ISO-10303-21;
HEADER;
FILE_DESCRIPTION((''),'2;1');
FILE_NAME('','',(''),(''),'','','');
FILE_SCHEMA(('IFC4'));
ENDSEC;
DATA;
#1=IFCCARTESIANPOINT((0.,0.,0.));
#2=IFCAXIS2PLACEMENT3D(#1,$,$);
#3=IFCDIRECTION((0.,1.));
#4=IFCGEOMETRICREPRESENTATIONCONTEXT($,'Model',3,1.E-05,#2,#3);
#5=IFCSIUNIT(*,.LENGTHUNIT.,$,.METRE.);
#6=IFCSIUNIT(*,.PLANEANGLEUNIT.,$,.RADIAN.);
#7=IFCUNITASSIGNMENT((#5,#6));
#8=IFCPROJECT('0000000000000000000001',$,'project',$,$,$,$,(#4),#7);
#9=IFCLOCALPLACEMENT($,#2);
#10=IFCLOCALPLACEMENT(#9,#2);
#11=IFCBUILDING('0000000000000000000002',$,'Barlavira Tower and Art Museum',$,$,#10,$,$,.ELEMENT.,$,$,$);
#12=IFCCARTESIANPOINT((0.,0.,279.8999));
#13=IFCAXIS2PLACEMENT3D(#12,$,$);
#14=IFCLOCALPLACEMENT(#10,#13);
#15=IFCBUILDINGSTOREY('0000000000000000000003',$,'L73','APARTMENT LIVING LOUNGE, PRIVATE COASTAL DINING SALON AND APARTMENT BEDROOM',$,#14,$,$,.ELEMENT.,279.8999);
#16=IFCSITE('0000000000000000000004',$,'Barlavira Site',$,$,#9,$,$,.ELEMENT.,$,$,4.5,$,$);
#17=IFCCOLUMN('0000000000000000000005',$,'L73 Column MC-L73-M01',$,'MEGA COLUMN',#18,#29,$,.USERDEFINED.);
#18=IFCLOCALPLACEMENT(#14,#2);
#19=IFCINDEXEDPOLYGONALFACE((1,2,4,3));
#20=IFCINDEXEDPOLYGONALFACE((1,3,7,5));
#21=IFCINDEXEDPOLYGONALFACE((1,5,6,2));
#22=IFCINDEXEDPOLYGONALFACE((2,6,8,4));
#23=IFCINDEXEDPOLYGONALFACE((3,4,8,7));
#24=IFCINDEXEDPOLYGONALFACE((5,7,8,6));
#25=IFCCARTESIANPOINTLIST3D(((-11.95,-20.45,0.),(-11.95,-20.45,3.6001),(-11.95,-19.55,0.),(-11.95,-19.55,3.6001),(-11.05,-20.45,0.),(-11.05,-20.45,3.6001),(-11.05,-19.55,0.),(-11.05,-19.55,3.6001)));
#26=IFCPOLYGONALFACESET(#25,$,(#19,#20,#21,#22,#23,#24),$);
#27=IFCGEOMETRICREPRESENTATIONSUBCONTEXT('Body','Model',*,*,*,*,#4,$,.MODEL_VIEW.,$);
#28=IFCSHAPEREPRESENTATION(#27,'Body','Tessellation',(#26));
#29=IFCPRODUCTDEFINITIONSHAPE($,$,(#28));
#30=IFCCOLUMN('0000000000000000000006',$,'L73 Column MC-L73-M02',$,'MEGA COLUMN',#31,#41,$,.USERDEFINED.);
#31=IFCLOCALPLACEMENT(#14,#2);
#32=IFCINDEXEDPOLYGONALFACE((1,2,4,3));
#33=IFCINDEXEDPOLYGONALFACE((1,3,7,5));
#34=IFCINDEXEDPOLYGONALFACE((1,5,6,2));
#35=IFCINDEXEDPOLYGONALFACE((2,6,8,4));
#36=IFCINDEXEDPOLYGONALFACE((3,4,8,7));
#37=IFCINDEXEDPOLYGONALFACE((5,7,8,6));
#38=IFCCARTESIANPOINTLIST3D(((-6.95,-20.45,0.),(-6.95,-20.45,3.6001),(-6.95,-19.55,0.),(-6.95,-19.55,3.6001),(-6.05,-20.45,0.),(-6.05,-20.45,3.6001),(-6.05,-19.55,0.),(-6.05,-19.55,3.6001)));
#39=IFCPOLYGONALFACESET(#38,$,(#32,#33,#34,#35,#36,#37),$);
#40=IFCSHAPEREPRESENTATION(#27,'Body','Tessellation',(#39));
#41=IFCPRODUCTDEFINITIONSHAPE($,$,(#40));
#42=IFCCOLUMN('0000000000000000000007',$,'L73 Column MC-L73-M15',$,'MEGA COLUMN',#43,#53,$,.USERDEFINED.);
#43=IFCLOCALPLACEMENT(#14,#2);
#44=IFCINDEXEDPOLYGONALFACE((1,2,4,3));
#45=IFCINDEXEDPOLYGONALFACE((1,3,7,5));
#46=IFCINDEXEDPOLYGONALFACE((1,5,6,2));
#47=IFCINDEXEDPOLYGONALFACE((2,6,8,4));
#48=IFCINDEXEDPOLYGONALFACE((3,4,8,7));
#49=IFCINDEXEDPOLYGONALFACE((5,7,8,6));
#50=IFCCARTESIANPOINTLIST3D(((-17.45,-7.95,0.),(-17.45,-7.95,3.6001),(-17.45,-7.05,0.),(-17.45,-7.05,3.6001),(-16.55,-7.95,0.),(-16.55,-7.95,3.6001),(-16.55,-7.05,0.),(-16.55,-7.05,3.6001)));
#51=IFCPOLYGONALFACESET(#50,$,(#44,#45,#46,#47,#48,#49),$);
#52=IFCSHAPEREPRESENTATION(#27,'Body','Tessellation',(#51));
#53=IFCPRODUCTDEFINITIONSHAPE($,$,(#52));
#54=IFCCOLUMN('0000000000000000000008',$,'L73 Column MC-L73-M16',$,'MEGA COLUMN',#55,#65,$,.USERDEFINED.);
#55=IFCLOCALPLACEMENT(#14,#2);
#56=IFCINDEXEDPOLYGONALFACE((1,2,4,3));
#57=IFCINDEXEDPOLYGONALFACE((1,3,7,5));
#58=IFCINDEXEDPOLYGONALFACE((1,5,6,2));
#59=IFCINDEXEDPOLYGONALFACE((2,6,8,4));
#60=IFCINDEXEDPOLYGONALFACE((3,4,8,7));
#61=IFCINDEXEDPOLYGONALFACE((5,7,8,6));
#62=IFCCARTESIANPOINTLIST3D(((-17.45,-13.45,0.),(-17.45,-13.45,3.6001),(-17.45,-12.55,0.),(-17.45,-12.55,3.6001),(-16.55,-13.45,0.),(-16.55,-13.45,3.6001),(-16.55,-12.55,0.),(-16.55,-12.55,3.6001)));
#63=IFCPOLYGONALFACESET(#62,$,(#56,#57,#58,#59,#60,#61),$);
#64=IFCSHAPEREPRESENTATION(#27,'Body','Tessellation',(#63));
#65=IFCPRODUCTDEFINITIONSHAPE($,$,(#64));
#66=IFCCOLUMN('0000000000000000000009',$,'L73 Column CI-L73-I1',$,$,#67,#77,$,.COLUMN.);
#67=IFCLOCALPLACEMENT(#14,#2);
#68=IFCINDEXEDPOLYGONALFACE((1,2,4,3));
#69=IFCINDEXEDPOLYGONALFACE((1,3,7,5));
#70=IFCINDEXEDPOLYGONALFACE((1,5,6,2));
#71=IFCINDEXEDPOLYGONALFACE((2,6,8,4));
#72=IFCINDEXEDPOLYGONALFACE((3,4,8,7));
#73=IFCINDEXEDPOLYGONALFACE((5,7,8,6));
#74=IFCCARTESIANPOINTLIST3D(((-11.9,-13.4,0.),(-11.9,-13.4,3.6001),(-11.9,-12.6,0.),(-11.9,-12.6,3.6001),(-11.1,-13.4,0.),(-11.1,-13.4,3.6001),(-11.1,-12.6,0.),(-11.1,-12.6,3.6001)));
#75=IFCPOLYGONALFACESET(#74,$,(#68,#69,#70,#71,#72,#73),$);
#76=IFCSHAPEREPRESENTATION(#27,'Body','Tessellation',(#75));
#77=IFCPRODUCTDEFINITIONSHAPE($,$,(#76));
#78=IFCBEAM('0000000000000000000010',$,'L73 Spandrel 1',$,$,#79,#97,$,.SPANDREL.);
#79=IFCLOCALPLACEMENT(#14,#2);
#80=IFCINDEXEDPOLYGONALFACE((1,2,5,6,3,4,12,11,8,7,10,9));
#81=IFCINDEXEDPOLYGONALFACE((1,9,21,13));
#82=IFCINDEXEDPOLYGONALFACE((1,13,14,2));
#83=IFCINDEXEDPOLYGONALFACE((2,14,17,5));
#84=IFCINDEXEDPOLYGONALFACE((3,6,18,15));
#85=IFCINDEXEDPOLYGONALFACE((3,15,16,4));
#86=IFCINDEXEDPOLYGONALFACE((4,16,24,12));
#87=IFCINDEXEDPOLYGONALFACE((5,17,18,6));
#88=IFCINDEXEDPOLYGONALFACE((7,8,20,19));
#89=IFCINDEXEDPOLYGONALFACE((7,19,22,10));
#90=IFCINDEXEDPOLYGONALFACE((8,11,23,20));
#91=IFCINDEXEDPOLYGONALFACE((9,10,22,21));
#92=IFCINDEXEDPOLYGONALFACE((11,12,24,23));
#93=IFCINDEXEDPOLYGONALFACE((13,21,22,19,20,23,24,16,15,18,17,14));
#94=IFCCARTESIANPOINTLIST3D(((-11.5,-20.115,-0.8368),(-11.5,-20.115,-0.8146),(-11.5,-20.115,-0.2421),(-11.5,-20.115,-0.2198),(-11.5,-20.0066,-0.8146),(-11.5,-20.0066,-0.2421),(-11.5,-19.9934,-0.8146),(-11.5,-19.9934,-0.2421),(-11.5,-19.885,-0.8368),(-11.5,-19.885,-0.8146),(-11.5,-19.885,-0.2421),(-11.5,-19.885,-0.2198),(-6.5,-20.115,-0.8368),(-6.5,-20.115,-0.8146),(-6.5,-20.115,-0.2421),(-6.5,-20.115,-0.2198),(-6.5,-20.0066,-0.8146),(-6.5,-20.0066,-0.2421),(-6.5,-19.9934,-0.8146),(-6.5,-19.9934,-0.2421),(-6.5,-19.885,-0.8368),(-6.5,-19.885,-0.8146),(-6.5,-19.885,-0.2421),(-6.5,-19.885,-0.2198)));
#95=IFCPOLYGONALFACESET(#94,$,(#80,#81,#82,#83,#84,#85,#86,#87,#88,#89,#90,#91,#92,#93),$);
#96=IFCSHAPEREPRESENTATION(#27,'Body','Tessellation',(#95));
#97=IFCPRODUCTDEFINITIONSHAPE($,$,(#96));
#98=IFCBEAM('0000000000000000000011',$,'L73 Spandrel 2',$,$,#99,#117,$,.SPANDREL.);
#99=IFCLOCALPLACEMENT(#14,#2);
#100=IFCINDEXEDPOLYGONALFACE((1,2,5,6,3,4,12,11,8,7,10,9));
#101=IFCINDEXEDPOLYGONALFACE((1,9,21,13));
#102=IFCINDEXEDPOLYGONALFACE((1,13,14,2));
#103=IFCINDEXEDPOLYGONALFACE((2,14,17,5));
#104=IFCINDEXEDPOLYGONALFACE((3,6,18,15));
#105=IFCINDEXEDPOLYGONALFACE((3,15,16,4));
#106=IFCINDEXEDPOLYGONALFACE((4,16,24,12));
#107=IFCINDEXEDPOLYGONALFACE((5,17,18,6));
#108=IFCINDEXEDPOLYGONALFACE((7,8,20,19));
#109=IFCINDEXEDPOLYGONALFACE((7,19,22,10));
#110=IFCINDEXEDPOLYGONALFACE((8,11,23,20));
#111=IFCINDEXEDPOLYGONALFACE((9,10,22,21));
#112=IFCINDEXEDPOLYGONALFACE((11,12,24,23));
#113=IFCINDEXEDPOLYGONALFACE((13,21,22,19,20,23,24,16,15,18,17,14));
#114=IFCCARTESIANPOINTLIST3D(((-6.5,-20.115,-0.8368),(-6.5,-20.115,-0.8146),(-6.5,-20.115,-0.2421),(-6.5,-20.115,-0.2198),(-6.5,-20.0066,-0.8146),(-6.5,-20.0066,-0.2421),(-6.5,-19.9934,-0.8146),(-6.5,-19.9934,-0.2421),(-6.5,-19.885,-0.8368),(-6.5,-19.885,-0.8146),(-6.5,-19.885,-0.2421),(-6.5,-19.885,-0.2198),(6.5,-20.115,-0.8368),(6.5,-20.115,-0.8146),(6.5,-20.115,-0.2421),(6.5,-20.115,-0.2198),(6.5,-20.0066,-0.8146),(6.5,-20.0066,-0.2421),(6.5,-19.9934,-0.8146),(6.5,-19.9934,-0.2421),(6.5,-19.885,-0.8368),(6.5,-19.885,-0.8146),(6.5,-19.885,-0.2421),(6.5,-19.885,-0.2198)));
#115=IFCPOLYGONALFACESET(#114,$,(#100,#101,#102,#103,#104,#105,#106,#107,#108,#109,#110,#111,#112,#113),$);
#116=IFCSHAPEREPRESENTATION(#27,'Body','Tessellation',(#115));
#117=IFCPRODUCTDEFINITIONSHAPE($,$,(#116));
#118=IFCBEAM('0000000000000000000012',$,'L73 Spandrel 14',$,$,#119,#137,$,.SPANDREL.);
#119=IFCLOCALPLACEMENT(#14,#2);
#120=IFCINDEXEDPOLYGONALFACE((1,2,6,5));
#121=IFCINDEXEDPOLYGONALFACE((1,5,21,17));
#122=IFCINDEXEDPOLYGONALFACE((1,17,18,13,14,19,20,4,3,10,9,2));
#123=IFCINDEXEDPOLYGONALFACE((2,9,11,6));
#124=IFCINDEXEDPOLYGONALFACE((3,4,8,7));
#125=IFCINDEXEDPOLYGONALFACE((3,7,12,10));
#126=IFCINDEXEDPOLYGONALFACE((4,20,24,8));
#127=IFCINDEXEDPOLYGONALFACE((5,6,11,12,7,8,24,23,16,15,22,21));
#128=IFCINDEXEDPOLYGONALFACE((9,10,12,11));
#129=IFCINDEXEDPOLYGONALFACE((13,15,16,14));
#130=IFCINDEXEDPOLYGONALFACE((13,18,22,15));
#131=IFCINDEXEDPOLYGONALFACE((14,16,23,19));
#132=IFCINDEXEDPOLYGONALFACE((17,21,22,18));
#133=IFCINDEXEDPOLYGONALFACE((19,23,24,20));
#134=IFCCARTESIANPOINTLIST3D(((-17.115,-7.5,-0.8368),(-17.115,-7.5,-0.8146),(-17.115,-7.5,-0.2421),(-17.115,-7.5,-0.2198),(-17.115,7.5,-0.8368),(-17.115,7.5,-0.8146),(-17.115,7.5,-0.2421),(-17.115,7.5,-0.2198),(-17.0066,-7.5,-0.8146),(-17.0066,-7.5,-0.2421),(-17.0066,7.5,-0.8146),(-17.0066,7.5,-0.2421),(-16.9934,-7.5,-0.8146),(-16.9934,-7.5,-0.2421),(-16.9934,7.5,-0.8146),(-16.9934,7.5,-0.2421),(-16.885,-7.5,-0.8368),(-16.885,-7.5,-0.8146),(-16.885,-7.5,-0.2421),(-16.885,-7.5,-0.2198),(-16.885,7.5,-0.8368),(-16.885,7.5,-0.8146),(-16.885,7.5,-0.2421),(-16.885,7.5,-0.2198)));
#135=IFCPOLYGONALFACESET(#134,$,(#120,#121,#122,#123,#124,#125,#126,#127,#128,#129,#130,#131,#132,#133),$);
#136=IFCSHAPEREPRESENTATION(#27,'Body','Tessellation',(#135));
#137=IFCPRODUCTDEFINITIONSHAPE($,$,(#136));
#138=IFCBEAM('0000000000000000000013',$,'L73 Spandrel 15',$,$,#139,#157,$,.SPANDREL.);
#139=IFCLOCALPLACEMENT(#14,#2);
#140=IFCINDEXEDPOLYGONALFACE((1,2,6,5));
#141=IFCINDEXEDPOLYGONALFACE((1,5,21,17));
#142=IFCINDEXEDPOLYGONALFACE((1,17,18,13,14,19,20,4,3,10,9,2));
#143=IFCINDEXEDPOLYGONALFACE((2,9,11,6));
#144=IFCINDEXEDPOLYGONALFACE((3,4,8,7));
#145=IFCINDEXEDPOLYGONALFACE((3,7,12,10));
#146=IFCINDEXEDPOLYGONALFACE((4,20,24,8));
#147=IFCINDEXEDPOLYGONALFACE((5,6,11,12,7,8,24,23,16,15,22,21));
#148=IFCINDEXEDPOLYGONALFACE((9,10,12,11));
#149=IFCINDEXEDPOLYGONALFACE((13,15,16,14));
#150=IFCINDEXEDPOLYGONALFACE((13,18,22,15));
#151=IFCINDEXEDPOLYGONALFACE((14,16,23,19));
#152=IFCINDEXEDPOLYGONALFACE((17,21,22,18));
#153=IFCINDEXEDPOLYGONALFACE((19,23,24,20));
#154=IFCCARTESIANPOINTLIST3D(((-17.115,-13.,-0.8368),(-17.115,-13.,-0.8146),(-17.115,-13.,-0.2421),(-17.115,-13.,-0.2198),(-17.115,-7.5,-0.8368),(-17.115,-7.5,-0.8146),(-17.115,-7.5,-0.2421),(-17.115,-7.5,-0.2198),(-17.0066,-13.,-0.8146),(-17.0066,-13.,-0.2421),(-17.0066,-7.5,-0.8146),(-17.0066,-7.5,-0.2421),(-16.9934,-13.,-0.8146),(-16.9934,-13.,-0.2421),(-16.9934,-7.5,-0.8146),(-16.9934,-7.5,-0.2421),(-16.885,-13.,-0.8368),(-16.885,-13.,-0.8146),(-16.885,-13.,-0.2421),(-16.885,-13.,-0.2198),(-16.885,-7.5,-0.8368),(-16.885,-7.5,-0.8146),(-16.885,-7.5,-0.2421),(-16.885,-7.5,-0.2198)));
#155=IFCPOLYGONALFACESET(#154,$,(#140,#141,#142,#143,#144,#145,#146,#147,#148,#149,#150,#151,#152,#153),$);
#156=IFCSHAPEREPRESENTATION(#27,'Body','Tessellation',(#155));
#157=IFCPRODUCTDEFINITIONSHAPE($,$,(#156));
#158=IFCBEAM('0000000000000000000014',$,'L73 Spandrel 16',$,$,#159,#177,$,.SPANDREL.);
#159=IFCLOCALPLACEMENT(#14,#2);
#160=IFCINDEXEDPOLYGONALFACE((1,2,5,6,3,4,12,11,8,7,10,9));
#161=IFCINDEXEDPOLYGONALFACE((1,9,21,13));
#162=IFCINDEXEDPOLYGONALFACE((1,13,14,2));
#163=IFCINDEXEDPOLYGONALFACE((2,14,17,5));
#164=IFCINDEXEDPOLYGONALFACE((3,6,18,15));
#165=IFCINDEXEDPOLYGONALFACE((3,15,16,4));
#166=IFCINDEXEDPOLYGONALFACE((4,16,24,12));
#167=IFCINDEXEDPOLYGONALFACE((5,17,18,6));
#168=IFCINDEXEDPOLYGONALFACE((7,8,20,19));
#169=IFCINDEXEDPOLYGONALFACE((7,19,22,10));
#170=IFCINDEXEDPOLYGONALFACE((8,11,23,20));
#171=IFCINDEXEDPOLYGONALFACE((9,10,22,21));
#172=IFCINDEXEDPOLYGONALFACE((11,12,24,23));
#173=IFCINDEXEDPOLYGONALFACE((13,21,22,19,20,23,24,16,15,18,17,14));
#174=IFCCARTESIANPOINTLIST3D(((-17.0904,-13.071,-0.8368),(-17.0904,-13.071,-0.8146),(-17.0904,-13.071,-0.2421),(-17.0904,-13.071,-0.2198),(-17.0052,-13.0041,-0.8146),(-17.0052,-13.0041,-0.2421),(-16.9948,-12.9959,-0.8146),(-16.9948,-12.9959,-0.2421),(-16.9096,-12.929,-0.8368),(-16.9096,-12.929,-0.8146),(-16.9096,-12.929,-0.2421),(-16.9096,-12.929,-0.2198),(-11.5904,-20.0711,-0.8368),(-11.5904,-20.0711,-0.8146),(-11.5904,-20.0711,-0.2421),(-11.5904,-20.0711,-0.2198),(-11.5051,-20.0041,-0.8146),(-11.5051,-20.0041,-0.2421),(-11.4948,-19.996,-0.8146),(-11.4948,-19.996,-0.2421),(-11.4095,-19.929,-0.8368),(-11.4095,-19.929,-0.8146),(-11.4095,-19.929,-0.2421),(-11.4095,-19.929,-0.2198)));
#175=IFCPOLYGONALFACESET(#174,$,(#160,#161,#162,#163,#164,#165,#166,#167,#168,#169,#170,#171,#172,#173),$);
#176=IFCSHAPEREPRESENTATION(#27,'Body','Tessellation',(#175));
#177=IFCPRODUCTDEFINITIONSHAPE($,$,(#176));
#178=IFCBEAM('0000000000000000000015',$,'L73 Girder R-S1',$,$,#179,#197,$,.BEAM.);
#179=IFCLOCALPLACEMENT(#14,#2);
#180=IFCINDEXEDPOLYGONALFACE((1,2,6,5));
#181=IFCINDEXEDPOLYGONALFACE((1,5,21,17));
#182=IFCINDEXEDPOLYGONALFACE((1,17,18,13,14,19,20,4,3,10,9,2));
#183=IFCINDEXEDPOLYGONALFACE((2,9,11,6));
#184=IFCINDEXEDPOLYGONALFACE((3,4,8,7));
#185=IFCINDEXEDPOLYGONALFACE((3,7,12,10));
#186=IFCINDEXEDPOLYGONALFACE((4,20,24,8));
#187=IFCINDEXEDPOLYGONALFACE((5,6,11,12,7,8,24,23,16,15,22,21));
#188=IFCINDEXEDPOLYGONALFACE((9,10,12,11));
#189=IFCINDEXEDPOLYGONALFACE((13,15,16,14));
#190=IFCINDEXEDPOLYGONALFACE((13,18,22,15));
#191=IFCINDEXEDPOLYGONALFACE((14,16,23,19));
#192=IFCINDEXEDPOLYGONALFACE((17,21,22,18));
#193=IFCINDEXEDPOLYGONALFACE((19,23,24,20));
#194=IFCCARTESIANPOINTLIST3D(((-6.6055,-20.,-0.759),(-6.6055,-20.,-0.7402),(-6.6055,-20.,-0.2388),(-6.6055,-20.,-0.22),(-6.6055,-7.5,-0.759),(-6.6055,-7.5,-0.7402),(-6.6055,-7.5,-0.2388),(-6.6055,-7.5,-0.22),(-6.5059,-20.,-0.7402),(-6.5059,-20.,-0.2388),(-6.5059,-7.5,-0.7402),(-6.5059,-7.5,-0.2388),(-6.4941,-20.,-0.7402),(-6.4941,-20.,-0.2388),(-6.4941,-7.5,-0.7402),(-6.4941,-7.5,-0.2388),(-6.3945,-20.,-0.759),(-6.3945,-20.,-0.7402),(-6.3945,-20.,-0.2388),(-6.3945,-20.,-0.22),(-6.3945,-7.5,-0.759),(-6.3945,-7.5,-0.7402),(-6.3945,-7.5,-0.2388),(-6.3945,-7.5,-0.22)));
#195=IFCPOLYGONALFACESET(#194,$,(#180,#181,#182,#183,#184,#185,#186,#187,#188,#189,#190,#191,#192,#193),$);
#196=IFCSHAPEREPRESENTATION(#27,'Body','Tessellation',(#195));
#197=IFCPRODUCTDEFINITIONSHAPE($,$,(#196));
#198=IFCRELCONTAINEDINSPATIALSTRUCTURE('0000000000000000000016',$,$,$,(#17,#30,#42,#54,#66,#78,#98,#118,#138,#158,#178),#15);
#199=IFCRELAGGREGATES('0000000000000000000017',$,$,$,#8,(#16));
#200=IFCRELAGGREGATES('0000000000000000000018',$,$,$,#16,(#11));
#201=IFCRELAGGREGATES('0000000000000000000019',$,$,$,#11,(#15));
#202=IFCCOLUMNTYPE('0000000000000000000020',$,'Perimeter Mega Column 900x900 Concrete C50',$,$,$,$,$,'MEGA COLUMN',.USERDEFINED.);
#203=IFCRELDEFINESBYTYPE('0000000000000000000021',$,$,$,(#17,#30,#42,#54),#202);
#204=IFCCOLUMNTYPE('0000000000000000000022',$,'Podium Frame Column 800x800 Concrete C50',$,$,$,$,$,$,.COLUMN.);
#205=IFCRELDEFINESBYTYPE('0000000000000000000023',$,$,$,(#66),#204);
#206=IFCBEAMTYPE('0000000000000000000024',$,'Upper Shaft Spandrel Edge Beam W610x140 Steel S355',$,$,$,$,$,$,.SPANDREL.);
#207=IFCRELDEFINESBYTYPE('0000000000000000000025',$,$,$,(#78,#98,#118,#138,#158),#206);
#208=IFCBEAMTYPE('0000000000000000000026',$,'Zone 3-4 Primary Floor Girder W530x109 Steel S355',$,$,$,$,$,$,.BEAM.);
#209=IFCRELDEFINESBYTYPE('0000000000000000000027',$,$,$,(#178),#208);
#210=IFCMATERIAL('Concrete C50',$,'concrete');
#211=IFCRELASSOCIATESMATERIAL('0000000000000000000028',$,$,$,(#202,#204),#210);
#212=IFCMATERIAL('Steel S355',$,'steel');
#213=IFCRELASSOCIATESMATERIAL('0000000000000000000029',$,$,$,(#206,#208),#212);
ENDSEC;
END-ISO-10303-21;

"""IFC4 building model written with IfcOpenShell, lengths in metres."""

from ifc_helpers import new_model, si_unit, direction, frame, origin, origin_2d, place, context, subcontext, project, spatial, rectangle, i_section, extrude, material, material_profile, profile_set, type_object, element, save


model = new_model("IFC4")

# Units and contexts
model_context = context("Model", 3, precision=1e-05, world=origin(), true_north=direction((0.0, 1.0)))
body_context = subcontext(model_context, "Body", "Model", "MODEL_VIEW")
ifc_project = project(units=[si_unit("LENGTHUNIT", "METRE"), si_unit("PLANEANGLEUNIT", "RADIAN")], contexts=[model_context])

# Site, building, storey
site_placement = place(None, origin())
site = spatial("IfcSite", under=ifc_project, at=site_placement, Name="Barlavira Site", CompositionType="ELEMENT", RefElevation=4.5)
building_placement = place(site_placement, origin())
building = spatial("IfcBuilding", under=site, at=building_placement, Name="Barlavira Tower and Art Museum", CompositionType="ELEMENT")
storey_placement = place(building_placement, frame((0.0, 0.0, 279.8999)))
storey = spatial("IfcBuildingStorey", under=building, at=storey_placement, Name="L73", Description="APARTMENT LIVING LOUNGE, PRIVATE COASTAL DINING SALON AND APARTMENT BEDROOM", CompositionType="ELEMENT", Elevation=279.8999)

# Columns
ifc_material_1 = material(Name="Concrete C50", Category="concrete")
ifc_material_profile_1 = material_profile(ifc_material_1, rectangle(XDim=0.8999, YDim=0.8999, at=origin_2d()), Name="RC-COL 900x900")
ifc_profile_set_1 = profile_set([ifc_material_profile_1], Name="Concrete C50")
column_type_1 = type_object("IfcColumnType", Name="Perimeter Mega Column 900x900 Concrete C50", ElementType="MEGA COLUMN", PredefinedType="USERDEFINED", material=ifc_profile_set_1)
for number, where, z_axis, x_axis, name in (
    (1, (-11.5, -20.0, 0.0), (0.0, 0.0, 1.0), (1.0, 0.0, 0.0), "L73 Column MC-L73-M01"),
    (2, (-6.5, -20.0, 0.0), (0.0, 0.0, 1.0), (1.0, 0.0, 0.0), "L73 Column MC-L73-M02"),
    (3, (-17.0, -7.5, 0.0), (0.0, 0.0, 1.0), (1.0, 0.0, 0.0), "L73 Column MC-L73-M15"),
    (4, (-17.0, -13.0, 0.0), (0.0, 0.0, 1.0), (1.0, 0.0, 0.0), "L73 Column MC-L73-M16"),
):
    element("IfcColumn", number, at=place(storey_placement, frame(where, z_axis=z_axis, x_axis=x_axis)), inside=storey, type_object=column_type_1, Name=name, ObjectType="MEGA COLUMN", PredefinedType="USERDEFINED", context=body_context, shape_type="SweptSolid", body=[
        extrude(rectangle(XDim=0.8999, YDim=0.8999, at=origin_2d()), origin(), (0.0, 0.0, 1.0), 3.6001),
    ])
ifc_material_profile_2 = material_profile(ifc_material_1, rectangle(XDim=0.8, YDim=0.8, at=origin_2d()), Name="RC-COL 800x800")
ifc_profile_set_2 = profile_set([ifc_material_profile_2], Name="Concrete C50")
column_type_2 = type_object("IfcColumnType", Name="Podium Frame Column 800x800 Concrete C50", PredefinedType="COLUMN", material=ifc_profile_set_2)
column_placement = place(storey_placement, frame((-11.5, -13.0, 0.0), z_axis=(0.0, 0.0, 1.0), x_axis=(1.0, 0.0, 0.0)))
element("IfcColumn", 5, at=column_placement, inside=storey, type_object=column_type_2, Name="L73 Column CI-L73-I1", PredefinedType="COLUMN", context=body_context, shape_type="SweptSolid", body=[
    extrude(rectangle(XDim=0.8, YDim=0.8, at=origin_2d()), origin(), (0.0, 0.0, 1.0), 3.6001),
])

# Beams
ifc_material_2 = material(Name="Steel S355", Category="steel")
ifc_material_profile_3 = material_profile(ifc_material_2, i_section(OverallWidth=0.23, OverallDepth=0.6169, WebThickness=0.0132, FlangeThickness=0.0222, at=origin_2d()), Name="W610x140.0")
ifc_profile_set_3 = profile_set([ifc_material_profile_3], Name="Steel S355")
beam_type_1 = type_object("IfcBeamType", Name="Upper Shaft Spandrel Edge Beam W610x140 Steel S355", PredefinedType="SPANDREL", material=ifc_profile_set_3)
beam_1_placement = place(storey_placement, frame((-11.5, -20.0, -0.5283), z_axis=(1.0, 0.0, 0.0), x_axis=(0.0, 1.0, 0.0)))
element("IfcBeam", 6, at=beam_1_placement, inside=storey, type_object=beam_type_1, Name="L73 Spandrel 1", PredefinedType="SPANDREL", context=body_context, shape_type="SweptSolid", body=[
    extrude(i_section(OverallWidth=0.23, OverallDepth=0.6169, WebThickness=0.0132, FlangeThickness=0.0222, at=origin_2d()), origin(), (0.0, 0.0, 1.0), 5.0),
])
beam_2_placement = place(storey_placement, frame((-6.5, -20.0, -0.5283), z_axis=(1.0, 0.0, 0.0), x_axis=(0.0, 1.0, 0.0)))
element("IfcBeam", 7, at=beam_2_placement, inside=storey, type_object=beam_type_1, Name="L73 Spandrel 2", PredefinedType="SPANDREL", context=body_context, shape_type="SweptSolid", body=[
    extrude(i_section(OverallWidth=0.23, OverallDepth=0.6169, WebThickness=0.0132, FlangeThickness=0.0222, at=origin_2d()), origin(), (0.0, 0.0, 1.0), 13.0),
])
beam_3_placement = place(storey_placement, frame((-17.0, -7.5, -0.5283), z_axis=(0.0, 1.0, 0.0), x_axis=(-1.0, 0.0, 0.0)))
element("IfcBeam", 8, at=beam_3_placement, inside=storey, type_object=beam_type_1, Name="L73 Spandrel 14", PredefinedType="SPANDREL", context=body_context, shape_type="SweptSolid", body=[
    extrude(i_section(OverallWidth=0.23, OverallDepth=0.6169, WebThickness=0.0132, FlangeThickness=0.0222, at=origin_2d()), origin(), (0.0, 0.0, 1.0), 15.0),
])
beam_4_placement = place(storey_placement, frame((-17.0, -13.0, -0.5283), z_axis=(0.0, 1.0, 0.0), x_axis=(-1.0, 0.0, 0.0)))
element("IfcBeam", 9, at=beam_4_placement, inside=storey, type_object=beam_type_1, Name="L73 Spandrel 15", PredefinedType="SPANDREL", context=body_context, shape_type="SweptSolid", body=[
    extrude(i_section(OverallWidth=0.23, OverallDepth=0.6169, WebThickness=0.0132, FlangeThickness=0.0222, at=origin_2d()), origin(), (0.0, 0.0, 1.0), 5.5),
])
beam_5_placement = place(storey_placement, frame((-17.0, -13.0, -0.5283), z_axis=(0.617822, -0.786318, 0.0), x_axis=(0.786318, 0.617822, 0.0)))
element("IfcBeam", 10, at=beam_5_placement, inside=storey, type_object=beam_type_1, Name="L73 Spandrel 16", PredefinedType="SPANDREL", context=body_context, shape_type="SweptSolid", body=[
    extrude(i_section(OverallWidth=0.23, OverallDepth=0.6169, WebThickness=0.0132, FlangeThickness=0.0222, at=origin_2d()), origin(), (0.0, 0.0, 1.0), 8.9023),
])
ifc_material_profile_4 = material_profile(ifc_material_2, i_section(OverallWidth=0.2109, OverallDepth=0.5391, WebThickness=0.0117, FlangeThickness=0.0188, at=origin_2d()), Name="W530x109.0")
ifc_profile_set_4 = profile_set([ifc_material_profile_4], Name="Steel S355")
beam_type_2 = type_object("IfcBeamType", Name="Zone 3-4 Primary Floor Girder W530x109 Steel S355", PredefinedType="BEAM", material=ifc_profile_set_4)
beam_6_placement = place(storey_placement, frame((-6.5, -20.0, -0.4895), z_axis=(0.0, 1.0, 0.0), x_axis=(-1.0, 0.0, 0.0)))
element("IfcBeam", 11, at=beam_6_placement, inside=storey, type_object=beam_type_2, Name="L73 Girder R-S1", PredefinedType="BEAM", context=body_context, shape_type="SweptSolid", body=[
    extrude(i_section(OverallWidth=0.2109, OverallDepth=0.5391, WebThickness=0.0117, FlangeThickness=0.0188, at=origin_2d()), origin(), (0.0, 0.0, 1.0), 12.5),
])

save(model, "model.ifc")
